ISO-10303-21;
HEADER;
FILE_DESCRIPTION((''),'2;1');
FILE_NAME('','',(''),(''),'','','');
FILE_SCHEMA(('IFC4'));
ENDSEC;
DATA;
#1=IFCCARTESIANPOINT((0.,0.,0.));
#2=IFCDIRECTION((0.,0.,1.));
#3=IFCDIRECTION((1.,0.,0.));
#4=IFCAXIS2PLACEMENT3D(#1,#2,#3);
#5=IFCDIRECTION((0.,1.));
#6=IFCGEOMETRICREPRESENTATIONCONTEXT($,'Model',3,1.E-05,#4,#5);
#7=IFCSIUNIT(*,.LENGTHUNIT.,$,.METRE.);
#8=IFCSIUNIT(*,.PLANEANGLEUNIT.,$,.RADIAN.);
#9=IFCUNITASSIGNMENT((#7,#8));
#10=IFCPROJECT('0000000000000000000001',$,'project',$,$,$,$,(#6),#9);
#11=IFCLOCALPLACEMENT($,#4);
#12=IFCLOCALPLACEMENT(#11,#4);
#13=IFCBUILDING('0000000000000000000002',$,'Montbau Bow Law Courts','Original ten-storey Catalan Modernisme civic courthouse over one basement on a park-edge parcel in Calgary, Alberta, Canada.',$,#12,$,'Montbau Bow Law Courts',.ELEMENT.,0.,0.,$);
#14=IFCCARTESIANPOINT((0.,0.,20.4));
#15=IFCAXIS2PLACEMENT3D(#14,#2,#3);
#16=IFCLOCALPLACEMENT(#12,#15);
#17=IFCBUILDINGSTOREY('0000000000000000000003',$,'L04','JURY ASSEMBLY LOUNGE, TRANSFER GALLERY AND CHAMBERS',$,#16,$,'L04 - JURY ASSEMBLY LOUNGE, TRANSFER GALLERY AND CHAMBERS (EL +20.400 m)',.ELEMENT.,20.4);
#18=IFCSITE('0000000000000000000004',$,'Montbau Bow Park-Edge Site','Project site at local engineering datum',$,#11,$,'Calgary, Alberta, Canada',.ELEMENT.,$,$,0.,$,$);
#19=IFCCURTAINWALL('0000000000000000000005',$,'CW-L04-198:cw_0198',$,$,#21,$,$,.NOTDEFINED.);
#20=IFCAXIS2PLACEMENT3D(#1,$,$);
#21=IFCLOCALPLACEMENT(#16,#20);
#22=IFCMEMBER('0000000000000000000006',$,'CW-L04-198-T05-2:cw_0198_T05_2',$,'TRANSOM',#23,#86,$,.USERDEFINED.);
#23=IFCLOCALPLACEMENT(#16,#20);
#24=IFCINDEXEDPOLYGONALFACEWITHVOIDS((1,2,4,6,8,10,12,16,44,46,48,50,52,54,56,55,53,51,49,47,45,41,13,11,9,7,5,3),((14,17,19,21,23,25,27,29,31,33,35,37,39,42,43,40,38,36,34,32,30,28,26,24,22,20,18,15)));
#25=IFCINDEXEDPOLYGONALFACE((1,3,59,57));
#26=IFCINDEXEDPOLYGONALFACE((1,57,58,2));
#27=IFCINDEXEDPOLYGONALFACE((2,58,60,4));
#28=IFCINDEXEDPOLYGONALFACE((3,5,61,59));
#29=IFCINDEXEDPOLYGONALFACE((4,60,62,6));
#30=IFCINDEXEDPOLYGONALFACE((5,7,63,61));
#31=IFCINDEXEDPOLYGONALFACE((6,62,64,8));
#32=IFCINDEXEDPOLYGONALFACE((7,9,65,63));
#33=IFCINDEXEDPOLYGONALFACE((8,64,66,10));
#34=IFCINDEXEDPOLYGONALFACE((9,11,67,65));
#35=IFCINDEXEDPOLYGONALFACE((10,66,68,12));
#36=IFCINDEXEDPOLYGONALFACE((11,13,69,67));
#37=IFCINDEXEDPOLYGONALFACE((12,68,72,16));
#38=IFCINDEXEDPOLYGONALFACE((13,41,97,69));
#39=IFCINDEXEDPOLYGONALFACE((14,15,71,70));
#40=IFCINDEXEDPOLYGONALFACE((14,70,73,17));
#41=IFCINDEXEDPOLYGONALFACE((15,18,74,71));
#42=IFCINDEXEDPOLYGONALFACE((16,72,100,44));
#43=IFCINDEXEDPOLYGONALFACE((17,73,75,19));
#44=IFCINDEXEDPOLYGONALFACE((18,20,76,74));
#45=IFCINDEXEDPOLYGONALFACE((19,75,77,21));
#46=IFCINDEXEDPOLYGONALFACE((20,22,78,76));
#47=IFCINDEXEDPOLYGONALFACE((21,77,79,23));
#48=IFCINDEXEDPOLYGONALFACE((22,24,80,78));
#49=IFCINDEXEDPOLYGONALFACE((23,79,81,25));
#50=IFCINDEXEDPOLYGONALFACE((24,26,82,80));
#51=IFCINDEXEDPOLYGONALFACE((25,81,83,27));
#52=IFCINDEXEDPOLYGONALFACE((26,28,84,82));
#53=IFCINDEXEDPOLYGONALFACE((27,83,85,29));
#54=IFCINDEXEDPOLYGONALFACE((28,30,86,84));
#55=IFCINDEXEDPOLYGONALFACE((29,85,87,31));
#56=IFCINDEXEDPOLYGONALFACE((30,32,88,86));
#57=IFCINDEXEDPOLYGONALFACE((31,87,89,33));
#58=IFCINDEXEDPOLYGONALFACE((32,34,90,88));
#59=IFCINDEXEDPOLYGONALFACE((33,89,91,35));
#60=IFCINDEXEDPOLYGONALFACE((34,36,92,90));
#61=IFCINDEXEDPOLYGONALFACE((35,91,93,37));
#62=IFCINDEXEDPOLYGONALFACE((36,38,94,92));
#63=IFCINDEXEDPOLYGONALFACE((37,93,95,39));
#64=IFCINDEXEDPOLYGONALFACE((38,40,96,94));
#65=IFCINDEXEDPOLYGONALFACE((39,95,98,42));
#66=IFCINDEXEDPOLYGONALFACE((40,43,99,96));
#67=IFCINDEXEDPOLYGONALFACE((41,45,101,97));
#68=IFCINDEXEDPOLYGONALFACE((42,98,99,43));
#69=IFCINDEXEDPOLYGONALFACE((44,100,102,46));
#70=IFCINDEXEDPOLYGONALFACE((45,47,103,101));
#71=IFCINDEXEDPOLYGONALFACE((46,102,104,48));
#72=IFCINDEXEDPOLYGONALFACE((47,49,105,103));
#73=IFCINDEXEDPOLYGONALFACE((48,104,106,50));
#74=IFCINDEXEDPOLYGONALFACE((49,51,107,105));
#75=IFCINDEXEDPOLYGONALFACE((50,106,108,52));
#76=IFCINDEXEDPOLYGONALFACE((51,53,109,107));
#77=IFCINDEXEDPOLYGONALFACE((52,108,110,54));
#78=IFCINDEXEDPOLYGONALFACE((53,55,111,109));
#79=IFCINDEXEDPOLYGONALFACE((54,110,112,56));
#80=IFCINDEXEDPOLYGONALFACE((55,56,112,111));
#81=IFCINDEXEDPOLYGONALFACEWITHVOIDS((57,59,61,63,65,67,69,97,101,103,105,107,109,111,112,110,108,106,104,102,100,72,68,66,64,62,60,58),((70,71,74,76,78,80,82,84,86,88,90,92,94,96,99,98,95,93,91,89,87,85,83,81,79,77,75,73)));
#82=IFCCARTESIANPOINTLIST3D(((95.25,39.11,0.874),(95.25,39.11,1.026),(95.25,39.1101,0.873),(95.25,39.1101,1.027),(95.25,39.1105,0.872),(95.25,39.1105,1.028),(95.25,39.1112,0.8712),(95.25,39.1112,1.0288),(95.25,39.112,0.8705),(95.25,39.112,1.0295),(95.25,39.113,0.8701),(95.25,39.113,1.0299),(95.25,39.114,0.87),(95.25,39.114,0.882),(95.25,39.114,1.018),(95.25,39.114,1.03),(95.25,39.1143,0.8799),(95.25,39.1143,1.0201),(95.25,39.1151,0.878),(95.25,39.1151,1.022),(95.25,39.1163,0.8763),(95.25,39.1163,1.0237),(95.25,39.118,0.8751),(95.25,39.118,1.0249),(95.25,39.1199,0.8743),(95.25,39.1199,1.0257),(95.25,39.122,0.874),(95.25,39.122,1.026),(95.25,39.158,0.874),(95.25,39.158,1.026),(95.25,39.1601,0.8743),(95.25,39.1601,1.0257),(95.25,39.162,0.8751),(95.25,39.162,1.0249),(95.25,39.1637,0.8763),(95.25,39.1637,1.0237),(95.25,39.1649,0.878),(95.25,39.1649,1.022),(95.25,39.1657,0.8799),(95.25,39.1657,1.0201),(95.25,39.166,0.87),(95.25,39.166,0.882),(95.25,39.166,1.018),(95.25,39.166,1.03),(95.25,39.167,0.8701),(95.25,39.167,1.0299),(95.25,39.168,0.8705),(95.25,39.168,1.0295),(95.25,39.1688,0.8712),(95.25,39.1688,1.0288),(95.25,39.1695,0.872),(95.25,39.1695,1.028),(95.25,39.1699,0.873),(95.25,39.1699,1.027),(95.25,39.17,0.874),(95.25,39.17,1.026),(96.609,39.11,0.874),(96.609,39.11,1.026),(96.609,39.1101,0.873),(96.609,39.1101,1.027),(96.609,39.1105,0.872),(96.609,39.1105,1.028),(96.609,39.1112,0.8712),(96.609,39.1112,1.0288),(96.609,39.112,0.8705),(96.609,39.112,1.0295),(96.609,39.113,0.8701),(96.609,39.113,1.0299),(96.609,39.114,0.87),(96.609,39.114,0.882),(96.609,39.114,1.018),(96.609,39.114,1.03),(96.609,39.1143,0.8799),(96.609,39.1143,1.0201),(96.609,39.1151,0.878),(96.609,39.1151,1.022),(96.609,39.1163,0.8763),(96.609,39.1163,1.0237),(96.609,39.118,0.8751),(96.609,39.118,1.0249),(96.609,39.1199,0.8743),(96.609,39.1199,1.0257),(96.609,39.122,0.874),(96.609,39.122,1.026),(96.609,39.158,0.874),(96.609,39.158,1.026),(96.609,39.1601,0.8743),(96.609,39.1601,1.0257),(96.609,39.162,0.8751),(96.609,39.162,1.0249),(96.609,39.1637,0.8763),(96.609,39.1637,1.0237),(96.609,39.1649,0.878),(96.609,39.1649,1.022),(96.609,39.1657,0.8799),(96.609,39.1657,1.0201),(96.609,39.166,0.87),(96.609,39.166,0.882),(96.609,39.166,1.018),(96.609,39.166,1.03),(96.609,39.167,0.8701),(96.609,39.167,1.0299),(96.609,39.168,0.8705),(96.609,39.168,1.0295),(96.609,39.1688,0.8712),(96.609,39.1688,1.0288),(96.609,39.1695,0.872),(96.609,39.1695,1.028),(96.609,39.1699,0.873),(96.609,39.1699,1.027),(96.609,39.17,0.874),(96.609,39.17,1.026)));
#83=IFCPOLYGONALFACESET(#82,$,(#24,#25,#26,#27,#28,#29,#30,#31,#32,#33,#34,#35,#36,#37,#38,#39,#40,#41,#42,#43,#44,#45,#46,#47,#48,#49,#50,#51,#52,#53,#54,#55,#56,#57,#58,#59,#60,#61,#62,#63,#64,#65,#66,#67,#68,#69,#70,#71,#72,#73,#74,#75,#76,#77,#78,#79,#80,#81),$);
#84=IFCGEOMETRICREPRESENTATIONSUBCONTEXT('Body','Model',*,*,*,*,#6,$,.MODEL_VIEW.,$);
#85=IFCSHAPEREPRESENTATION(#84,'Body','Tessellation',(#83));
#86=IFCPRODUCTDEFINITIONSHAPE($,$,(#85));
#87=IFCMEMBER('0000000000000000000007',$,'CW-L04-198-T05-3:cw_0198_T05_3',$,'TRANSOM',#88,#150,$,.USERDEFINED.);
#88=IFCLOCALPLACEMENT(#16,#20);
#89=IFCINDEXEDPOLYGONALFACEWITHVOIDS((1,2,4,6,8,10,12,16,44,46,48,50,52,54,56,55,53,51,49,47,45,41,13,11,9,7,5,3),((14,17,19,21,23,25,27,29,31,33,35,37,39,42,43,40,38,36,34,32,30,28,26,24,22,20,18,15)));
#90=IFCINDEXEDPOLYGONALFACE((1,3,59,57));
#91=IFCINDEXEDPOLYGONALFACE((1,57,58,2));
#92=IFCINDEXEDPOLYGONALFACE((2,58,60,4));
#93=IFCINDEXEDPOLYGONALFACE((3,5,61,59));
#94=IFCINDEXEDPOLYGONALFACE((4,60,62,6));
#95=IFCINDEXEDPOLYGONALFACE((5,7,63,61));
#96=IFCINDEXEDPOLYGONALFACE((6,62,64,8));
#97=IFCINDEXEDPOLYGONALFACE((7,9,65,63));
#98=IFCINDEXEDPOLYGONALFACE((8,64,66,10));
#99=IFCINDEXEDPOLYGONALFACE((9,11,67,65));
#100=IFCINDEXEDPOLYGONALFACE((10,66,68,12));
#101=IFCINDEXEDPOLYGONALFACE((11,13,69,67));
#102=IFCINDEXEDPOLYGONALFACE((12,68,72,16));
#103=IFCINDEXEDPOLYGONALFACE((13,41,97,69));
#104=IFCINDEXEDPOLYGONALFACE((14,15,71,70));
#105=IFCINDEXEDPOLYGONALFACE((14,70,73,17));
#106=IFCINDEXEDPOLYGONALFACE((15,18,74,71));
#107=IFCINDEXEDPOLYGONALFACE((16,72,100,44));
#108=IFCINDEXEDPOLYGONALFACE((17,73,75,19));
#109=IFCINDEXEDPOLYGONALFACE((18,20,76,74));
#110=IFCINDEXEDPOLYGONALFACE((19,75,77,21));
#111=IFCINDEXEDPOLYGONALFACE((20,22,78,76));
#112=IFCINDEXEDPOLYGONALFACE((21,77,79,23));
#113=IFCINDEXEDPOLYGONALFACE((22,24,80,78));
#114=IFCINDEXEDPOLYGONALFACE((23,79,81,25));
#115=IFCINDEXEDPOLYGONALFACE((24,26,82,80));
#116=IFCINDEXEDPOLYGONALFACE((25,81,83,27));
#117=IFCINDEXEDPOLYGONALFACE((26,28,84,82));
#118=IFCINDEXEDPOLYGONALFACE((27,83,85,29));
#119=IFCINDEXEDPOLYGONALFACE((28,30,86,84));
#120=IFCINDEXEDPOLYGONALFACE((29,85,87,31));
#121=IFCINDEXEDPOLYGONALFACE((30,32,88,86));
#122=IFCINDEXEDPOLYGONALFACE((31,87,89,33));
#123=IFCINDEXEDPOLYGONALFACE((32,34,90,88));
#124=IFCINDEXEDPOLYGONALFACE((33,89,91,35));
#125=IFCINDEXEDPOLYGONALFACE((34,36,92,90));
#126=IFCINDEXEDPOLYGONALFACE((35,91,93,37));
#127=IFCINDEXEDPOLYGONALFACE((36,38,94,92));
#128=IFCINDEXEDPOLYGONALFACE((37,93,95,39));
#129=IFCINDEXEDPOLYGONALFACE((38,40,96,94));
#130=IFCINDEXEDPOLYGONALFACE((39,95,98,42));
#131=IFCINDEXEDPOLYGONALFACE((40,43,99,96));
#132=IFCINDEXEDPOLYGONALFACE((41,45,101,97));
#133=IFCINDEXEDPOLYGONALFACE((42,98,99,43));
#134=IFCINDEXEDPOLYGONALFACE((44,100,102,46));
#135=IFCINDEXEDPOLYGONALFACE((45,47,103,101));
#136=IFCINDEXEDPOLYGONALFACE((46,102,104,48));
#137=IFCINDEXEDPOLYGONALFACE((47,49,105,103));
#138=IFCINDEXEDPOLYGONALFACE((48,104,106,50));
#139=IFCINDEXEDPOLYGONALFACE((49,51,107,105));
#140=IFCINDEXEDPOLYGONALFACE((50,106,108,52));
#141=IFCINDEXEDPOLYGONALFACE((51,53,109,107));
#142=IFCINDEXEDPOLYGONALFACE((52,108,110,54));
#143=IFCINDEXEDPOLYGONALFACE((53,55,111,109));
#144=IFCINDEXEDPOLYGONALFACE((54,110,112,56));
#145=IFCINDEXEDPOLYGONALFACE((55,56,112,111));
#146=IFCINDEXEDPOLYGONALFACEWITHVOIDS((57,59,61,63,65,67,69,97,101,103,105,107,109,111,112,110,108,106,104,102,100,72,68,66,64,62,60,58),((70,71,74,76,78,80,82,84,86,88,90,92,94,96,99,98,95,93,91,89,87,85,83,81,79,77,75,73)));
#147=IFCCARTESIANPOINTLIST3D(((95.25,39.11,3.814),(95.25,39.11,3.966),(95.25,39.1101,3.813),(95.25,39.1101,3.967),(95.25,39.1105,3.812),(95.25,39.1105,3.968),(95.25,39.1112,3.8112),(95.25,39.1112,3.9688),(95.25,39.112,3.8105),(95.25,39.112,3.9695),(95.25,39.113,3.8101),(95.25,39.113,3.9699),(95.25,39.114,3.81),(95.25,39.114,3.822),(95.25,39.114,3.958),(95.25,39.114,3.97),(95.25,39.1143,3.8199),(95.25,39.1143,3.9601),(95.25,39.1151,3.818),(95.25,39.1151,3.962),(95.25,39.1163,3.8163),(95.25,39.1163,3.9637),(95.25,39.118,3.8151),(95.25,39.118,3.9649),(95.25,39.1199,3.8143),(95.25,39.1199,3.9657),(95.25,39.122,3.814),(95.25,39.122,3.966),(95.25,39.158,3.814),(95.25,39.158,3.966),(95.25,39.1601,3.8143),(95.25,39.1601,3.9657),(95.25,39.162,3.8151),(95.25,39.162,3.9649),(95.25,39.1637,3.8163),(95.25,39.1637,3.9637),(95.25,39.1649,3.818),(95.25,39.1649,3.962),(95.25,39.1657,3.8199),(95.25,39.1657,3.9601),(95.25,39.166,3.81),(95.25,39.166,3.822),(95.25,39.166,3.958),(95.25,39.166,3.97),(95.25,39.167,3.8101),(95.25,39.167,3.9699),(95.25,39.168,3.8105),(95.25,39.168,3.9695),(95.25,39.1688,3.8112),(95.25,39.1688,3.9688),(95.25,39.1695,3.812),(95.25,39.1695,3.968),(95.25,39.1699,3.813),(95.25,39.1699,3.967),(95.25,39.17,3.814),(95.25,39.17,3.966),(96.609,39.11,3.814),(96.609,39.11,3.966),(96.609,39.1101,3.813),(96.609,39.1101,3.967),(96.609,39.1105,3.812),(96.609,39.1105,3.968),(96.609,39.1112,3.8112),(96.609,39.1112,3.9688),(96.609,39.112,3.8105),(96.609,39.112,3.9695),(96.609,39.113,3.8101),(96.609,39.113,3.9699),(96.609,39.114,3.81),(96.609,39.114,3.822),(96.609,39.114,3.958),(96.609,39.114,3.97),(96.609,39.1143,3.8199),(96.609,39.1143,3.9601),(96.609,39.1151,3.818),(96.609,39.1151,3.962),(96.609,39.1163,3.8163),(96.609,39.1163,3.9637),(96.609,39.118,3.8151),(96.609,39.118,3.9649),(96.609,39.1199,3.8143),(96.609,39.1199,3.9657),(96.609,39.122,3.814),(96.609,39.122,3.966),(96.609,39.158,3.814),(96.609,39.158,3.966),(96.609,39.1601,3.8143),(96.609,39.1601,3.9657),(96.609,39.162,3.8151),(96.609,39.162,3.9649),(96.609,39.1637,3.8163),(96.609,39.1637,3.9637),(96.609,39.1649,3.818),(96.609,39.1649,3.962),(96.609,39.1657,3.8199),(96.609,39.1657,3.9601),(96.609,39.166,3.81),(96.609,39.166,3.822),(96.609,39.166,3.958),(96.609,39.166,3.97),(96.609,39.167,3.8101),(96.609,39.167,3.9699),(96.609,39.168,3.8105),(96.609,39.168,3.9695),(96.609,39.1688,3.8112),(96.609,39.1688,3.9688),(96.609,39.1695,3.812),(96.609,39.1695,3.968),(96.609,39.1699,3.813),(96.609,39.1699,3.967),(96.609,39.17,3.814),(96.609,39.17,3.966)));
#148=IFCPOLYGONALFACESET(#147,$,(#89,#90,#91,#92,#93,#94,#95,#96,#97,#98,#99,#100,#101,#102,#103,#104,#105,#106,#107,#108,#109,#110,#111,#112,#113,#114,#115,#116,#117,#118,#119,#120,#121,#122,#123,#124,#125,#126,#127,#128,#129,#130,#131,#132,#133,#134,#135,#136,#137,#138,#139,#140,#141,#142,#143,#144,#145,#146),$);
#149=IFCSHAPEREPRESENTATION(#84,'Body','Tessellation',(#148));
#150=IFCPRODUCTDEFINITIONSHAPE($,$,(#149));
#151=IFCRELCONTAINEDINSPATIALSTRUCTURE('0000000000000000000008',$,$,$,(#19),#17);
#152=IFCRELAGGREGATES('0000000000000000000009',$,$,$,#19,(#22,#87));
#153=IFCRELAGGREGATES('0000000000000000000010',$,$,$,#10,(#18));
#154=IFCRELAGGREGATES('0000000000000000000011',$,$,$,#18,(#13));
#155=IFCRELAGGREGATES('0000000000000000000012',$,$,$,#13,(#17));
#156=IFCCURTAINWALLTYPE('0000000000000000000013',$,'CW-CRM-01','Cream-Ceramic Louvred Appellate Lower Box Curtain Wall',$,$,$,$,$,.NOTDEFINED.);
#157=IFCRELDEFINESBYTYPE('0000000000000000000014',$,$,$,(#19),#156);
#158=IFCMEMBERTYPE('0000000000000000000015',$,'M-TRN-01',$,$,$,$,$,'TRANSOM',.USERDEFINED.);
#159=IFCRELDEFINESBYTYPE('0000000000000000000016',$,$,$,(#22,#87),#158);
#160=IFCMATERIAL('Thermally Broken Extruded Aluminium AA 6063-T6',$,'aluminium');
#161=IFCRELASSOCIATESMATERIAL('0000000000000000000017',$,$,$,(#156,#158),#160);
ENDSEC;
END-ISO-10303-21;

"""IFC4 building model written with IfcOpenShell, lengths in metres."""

from ifc_helpers import new_model, si_unit, direction, frame, origin_with_axes, origin_2d_with_axis, place, context, subcontext, project, spatial, hollow_rectangle, extrude, material, material_profile, profile_set, type_object, element, aggregate, save


model = new_model("IFC4")

# Units and contexts
model_context = context("Model", 3, precision=1e-05, world=origin_with_axes(), true_north=direction((0.0, 1.0)))
body_context = subcontext(model_context, "Body", "Model", "MODEL_VIEW")
ifc_project = project(units=[si_unit("LENGTHUNIT", "METRE"), si_unit("PLANEANGLEUNIT", "RADIAN")], contexts=[model_context])

# Site, building, storey
site_placement = place(None, origin_with_axes())
site = spatial("IfcSite", under=ifc_project, at=site_placement, Name="Montbau Bow Park-Edge Site", Description="Project site at local engineering datum", LongName="Calgary, Alberta, Canada", CompositionType="ELEMENT", RefElevation=0.0)
building_placement = place(site_placement, origin_with_axes())
building = spatial("IfcBuilding", under=site, at=building_placement, Name="Montbau Bow Law Courts", Description="Original ten-storey Catalan Modernisme civic courthouse over one basement on a park-edge parcel in Calgary, Alberta, Canada.", LongName="Montbau Bow Law Courts", CompositionType="ELEMENT", ElevationOfRefHeight=0.0, ElevationOfTerrain=0.0)
storey_placement = place(building_placement, frame((0.0, 0.0, 20.4), z_axis=(0.0, 0.0, 1.0), x_axis=(1.0, 0.0, 0.0)))
storey = spatial("IfcBuildingStorey", under=building, at=storey_placement, Name="L04", Description="JURY ASSEMBLY LOUNGE, TRANSFER GALLERY AND CHAMBERS", LongName="L04 - JURY ASSEMBLY LOUNGE, TRANSFER GALLERY AND CHAMBERS (EL +20.400 m)", CompositionType="ELEMENT", Elevation=20.4)

# Curtain wall
ifc_material_1 = material(Name="Thermally Broken Extruded Aluminium AA 6063-T6", Category="aluminium")
curtain_wall_type = type_object("IfcCurtainWallType", Name="CW-CRM-01", Description="Cream-Ceramic Louvred Appellate Lower Box Curtain Wall", PredefinedType="NOTDEFINED", material=ifc_material_1)
curtain_wall_1_placement = place(None, frame((89.315, 39.14, 20.4), z_axis=(0.0, 0.0, 1.0), x_axis=(1.0, 0.0, 0.0)))
curtain_wall_1 = element("IfcCurtainWall", 1, at=curtain_wall_1_placement, inside=storey, type_object=curtain_wall_type, Name="CW-L04-198:cw_0198", PredefinedType="NOTDEFINED")

# Members
ifc_material_profile_1 = material_profile(ifc_material_1, hollow_rectangle(XDim=0.06, YDim=0.16, WallThickness=0.004, InnerFilletRadius=0.008, OuterFilletRadius=0.004, at=origin_2d_with_axis()), Name="CWT-160X60", Category="Main", Priority=0)
ifc_profile_set_1 = profile_set([ifc_material_profile_1], Name="Thermally Broken Extruded Aluminium AA 6063-T6")
member_type_1 = type_object("IfcMemberType", Name="M-TRN-01", ElementType="TRANSOM", PredefinedType="USERDEFINED", material=ifc_profile_set_1)
member_1_placement = place(None, frame((95.25, 39.14, 21.35), z_axis=(1.0, 0.0, 0.0), x_axis=(0.0, 1.0, 0.0)))
member_1 = element("IfcMember", 2, at=member_1_placement, type_object=member_type_1, Name="CW-L04-198-T05-2:cw_0198_T05_2", ObjectType="TRANSOM", PredefinedType="USERDEFINED", context=body_context, shape_type="SweptSolid", body=[
    extrude(hollow_rectangle(XDim=0.06, YDim=0.16, WallThickness=0.004, InnerFilletRadius=0.008, OuterFilletRadius=0.004, at=origin_2d_with_axis()), origin_with_axes(), (0.0, 0.0, 1.0), 1.359),
])
member_2_placement = place(None, frame((95.25, 39.14, 24.29), z_axis=(1.0, 0.0, 0.0), x_axis=(0.0, 1.0, 0.0)))
member_2 = element("IfcMember", 3, at=member_2_placement, type_object=member_type_1, Name="CW-L04-198-T05-3:cw_0198_T05_3", ObjectType="TRANSOM", PredefinedType="USERDEFINED", context=body_context, shape_type="SweptSolid", body=[
    extrude(hollow_rectangle(XDim=0.06, YDim=0.16, WallThickness=0.004, InnerFilletRadius=0.008, OuterFilletRadius=0.004, at=origin_2d_with_axis()), origin_with_axes(), (0.0, 0.0, 1.0), 1.359),
])

aggregate(curtain_wall_1, [member_1, member_2])

save(model, "model.ifc")
